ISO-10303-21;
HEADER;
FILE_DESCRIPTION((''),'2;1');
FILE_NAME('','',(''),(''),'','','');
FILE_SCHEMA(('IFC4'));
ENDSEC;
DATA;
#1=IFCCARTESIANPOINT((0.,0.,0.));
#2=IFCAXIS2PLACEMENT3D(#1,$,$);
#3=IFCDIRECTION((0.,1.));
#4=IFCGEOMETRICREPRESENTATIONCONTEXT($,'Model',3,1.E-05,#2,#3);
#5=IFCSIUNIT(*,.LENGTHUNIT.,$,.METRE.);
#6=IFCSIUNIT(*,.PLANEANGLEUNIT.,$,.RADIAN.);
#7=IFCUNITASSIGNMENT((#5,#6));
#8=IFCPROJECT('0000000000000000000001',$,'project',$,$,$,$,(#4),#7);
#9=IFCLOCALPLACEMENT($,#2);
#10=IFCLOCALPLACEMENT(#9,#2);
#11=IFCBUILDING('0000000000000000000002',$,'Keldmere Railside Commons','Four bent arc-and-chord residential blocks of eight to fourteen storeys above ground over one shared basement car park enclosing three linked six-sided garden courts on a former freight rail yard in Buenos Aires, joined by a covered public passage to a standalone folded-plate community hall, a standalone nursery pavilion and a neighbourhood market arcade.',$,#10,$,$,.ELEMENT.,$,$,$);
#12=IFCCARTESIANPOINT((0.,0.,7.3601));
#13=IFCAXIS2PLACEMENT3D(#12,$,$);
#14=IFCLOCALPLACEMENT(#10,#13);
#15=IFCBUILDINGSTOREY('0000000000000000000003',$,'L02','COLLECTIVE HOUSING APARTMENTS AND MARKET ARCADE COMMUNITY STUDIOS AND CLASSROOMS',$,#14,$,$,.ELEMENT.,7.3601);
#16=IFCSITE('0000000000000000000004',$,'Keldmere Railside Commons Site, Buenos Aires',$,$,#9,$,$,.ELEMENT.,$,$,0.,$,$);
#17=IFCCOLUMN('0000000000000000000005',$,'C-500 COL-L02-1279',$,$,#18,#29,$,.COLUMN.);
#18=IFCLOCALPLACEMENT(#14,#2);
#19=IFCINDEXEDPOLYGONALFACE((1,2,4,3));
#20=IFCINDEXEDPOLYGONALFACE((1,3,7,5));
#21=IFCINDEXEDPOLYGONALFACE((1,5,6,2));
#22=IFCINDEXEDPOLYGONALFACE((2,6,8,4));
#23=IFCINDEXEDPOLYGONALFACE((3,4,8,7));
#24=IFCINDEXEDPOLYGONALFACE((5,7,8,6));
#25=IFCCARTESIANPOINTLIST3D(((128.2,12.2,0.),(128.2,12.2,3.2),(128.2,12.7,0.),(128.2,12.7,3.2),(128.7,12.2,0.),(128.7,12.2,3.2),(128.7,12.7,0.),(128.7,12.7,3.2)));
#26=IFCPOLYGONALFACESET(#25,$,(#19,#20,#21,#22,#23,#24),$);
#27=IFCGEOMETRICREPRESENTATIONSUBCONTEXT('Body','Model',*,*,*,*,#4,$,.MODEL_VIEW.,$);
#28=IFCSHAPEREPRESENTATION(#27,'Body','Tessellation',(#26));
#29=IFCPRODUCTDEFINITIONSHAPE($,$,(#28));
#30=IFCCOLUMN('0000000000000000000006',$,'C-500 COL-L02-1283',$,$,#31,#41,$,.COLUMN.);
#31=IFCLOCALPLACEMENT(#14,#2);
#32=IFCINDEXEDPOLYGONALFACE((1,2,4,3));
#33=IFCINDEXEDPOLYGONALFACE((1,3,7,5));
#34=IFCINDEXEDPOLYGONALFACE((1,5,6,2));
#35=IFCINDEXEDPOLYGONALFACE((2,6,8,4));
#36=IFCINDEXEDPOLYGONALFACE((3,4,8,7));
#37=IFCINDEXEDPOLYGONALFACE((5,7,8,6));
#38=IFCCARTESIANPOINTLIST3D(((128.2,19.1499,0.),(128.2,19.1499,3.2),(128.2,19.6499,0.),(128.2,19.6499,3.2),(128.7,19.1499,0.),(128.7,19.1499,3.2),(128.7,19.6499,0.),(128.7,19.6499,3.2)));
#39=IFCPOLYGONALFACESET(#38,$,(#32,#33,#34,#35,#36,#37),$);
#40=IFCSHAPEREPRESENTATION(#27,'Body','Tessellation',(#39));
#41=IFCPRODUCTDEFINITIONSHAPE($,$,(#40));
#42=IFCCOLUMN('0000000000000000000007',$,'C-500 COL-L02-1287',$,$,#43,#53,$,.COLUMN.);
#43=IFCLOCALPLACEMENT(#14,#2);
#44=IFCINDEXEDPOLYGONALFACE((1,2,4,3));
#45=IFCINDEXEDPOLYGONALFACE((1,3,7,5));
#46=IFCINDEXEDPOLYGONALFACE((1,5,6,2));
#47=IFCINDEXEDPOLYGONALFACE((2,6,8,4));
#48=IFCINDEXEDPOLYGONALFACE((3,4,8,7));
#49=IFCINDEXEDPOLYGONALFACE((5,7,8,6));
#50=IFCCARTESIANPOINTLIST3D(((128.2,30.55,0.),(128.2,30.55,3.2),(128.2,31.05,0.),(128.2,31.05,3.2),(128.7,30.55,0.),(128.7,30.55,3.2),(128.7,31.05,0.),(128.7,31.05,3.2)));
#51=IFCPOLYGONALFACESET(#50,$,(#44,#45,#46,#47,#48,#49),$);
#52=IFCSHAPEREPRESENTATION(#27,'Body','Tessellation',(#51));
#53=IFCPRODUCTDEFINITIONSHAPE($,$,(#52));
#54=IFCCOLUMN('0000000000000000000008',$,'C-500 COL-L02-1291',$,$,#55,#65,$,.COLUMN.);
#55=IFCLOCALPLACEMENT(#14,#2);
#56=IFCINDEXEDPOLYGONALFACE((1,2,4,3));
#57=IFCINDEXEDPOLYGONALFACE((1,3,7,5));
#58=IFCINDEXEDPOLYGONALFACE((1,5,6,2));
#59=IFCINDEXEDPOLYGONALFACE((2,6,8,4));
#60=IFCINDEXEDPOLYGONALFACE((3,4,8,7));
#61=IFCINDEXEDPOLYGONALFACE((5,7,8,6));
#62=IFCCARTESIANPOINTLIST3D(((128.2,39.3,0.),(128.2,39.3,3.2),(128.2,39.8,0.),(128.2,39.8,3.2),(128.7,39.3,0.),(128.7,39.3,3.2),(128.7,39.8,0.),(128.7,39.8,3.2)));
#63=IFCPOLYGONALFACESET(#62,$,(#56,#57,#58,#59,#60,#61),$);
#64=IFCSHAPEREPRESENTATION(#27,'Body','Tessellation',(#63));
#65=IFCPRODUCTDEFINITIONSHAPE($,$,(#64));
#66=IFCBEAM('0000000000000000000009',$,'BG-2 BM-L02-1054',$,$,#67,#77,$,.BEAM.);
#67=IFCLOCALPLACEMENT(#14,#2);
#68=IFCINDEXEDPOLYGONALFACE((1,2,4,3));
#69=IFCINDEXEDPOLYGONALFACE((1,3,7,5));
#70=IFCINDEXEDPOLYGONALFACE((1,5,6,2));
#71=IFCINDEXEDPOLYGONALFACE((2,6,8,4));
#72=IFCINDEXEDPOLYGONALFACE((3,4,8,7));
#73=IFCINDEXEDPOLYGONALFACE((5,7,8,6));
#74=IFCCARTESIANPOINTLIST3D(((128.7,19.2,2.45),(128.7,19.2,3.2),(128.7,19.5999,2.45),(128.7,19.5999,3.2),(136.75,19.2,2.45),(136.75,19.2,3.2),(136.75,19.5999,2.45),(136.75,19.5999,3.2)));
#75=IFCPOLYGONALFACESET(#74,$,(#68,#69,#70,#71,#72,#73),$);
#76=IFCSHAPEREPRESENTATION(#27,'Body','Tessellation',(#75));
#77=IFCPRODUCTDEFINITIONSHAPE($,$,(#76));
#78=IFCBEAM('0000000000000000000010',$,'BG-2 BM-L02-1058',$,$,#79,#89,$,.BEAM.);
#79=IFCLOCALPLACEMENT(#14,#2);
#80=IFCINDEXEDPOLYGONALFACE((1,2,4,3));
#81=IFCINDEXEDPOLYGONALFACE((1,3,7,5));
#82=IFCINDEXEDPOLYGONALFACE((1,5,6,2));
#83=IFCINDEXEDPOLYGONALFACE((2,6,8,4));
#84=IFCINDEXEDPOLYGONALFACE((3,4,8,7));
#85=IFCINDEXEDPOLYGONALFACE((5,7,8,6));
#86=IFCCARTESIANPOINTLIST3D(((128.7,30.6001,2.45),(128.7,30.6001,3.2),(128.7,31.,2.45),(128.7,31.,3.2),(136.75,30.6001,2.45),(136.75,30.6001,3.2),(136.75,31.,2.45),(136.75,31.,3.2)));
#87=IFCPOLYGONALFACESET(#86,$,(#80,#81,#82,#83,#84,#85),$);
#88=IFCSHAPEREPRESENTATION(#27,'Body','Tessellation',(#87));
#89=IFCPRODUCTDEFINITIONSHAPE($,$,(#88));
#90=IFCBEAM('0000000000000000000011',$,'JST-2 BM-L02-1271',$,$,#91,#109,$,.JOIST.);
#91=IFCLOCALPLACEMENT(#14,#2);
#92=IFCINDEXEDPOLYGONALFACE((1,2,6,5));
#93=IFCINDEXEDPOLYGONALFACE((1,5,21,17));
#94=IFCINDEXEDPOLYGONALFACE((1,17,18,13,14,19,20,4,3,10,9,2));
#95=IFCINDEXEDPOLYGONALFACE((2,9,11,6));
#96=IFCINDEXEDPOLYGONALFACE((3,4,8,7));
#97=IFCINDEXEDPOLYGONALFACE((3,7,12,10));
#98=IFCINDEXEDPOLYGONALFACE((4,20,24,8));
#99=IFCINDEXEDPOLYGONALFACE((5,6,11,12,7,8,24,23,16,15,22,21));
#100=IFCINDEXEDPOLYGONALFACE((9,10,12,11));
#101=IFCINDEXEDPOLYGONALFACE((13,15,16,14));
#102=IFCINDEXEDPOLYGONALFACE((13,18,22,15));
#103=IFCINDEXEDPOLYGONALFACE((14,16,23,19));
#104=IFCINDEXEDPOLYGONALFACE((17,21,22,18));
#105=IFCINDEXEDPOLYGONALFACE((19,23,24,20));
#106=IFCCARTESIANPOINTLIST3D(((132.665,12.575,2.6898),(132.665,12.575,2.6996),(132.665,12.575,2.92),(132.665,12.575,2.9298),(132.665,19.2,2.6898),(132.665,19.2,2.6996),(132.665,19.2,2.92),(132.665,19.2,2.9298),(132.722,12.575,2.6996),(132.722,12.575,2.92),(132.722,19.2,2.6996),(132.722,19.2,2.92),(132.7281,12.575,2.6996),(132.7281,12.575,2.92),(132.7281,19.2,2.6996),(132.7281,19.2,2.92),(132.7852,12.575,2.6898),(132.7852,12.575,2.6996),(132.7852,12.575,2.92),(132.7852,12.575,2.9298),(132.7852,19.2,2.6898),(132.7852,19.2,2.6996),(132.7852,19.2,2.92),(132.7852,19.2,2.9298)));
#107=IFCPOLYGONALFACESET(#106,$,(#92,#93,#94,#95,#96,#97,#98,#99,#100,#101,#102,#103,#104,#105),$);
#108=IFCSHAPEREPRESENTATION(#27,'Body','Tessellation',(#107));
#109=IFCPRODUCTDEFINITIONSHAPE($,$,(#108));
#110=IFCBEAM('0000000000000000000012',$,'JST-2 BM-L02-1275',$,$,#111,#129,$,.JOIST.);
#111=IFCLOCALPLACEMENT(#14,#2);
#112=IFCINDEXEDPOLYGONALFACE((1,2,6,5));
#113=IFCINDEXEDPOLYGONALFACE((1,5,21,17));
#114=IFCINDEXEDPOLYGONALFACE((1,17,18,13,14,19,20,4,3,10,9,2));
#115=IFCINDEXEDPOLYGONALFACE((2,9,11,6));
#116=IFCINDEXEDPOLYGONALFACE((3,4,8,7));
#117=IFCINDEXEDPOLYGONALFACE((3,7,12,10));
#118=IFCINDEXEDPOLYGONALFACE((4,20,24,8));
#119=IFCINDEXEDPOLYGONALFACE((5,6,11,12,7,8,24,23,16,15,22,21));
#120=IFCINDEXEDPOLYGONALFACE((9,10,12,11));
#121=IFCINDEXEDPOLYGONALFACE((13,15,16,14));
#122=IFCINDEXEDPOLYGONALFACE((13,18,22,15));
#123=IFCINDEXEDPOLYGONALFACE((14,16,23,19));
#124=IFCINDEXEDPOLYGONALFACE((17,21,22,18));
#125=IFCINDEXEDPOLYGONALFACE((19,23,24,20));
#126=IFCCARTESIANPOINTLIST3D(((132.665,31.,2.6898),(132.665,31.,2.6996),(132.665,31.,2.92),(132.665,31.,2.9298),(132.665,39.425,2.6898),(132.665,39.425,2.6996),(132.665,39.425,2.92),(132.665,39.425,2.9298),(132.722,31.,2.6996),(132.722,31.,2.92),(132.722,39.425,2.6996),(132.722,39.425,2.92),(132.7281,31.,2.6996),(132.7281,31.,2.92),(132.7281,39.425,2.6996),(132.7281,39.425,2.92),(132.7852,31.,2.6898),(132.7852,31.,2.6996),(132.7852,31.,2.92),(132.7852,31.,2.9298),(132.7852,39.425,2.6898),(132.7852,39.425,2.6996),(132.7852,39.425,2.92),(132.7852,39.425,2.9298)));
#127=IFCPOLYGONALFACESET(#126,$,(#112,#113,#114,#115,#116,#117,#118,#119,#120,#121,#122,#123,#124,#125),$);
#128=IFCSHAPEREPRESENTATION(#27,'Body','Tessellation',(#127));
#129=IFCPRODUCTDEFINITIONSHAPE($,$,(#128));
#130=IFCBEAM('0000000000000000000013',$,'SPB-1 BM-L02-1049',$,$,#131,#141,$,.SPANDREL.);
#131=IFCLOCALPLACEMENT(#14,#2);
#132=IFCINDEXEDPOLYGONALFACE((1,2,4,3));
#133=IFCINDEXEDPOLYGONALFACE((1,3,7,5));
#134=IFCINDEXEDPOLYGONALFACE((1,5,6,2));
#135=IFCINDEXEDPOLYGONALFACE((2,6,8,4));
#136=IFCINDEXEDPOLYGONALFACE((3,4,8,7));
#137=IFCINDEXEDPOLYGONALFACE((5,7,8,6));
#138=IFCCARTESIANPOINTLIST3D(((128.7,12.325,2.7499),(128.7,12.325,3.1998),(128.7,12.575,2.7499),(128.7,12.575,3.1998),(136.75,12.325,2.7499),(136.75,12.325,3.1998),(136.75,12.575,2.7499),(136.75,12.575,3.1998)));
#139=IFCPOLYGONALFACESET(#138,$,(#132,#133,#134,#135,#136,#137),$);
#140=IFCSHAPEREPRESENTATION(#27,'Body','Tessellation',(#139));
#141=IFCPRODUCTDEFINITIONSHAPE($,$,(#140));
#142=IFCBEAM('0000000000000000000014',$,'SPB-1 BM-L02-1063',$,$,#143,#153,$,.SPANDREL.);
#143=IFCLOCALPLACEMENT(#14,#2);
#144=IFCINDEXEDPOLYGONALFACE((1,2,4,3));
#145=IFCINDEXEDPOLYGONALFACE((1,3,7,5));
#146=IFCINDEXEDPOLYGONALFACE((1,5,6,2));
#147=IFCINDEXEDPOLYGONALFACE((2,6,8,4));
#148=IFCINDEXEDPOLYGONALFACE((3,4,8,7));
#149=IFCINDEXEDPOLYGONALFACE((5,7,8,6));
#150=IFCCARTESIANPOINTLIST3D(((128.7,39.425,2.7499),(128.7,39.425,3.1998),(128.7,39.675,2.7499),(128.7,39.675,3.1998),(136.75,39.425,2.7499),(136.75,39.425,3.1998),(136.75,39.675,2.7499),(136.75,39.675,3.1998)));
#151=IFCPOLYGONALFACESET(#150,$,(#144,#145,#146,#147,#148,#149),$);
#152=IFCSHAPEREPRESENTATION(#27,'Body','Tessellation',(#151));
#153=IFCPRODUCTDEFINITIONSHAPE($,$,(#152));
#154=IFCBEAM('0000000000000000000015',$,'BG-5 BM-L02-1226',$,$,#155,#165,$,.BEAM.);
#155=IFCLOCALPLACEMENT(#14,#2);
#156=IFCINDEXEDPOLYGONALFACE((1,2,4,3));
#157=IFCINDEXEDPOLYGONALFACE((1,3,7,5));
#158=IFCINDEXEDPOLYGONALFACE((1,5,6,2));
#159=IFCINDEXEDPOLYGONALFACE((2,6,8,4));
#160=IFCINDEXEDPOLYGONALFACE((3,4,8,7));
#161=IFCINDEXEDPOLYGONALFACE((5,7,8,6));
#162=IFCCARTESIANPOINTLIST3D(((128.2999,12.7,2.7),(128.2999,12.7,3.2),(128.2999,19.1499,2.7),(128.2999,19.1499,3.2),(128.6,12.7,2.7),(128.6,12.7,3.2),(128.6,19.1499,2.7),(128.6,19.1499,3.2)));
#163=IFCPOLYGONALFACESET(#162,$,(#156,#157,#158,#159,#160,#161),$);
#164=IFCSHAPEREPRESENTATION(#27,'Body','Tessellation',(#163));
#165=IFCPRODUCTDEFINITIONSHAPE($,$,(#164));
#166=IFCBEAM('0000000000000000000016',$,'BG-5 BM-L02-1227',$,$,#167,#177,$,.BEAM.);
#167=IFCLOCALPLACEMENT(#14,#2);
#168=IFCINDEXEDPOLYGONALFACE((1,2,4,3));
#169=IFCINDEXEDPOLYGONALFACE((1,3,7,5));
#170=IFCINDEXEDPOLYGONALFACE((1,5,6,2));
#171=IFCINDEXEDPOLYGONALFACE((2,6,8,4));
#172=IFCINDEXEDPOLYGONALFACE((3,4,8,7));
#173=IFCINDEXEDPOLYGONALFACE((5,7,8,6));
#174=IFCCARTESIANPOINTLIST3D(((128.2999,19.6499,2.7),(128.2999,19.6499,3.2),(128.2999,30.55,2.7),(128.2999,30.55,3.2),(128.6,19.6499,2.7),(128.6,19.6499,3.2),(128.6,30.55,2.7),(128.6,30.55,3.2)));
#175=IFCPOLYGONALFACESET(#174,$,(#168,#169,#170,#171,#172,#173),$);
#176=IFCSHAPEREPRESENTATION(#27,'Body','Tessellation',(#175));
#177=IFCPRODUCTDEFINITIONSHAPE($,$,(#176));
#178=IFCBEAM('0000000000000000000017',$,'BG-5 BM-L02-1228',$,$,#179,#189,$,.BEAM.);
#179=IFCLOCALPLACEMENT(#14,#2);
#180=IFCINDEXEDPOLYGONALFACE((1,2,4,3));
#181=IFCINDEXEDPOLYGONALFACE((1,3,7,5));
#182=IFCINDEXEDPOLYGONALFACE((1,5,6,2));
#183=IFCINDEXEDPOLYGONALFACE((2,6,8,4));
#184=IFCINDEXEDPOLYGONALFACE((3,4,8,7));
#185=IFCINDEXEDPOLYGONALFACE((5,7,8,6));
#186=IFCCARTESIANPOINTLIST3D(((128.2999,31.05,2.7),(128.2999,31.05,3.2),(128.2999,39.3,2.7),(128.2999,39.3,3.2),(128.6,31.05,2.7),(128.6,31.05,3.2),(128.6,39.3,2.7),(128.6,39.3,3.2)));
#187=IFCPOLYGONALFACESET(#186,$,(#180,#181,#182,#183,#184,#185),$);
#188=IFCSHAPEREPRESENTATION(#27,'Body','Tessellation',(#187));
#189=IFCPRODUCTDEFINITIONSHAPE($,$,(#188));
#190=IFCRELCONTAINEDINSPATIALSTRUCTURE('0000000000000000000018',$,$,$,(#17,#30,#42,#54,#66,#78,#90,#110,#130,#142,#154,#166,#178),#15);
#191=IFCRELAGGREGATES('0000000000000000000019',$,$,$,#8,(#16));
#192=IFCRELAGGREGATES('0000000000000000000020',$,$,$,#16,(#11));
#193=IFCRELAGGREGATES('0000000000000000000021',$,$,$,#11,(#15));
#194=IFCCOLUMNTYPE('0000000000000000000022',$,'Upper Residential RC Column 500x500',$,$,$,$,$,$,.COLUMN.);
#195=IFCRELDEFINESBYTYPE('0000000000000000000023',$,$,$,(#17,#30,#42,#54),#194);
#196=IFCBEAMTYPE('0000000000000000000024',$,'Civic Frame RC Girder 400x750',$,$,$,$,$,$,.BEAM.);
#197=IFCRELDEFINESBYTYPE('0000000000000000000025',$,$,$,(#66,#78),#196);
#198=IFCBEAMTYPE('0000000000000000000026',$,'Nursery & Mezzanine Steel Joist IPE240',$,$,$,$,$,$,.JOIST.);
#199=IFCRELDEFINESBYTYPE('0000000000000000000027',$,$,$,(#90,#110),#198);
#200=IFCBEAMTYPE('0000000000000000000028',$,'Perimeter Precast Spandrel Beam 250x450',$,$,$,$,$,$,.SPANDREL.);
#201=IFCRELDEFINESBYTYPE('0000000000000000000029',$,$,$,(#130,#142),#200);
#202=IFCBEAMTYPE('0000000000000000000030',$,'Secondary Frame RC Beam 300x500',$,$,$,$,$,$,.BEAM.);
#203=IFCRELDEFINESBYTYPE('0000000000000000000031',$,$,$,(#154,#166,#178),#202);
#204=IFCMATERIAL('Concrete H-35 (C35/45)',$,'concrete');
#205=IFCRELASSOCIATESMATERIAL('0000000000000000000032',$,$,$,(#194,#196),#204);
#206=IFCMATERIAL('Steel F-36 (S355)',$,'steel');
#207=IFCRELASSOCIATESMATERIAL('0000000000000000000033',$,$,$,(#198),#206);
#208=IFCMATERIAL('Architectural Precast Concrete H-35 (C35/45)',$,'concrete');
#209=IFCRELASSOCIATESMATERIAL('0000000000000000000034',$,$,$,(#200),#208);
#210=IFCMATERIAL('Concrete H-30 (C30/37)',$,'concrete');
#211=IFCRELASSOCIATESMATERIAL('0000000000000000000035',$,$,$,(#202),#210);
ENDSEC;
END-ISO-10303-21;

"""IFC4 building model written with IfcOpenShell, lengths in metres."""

from ifc_helpers import new_model, si_unit, direction, frame, origin, origin_2d, place, context, subcontext, project, spatial, rectangle, i_section, extrude, material, material_profile, profile_set, type_object, element, save


model = new_model("IFC4")

# Units and contexts
model_context = context("Model", 3, precision=1e-05, world=origin(), true_north=direction((0.0, 1.0)))
body_context = subcontext(model_context, "Body", "Model", "MODEL_VIEW")
ifc_project = project(units=[si_unit("LENGTHUNIT", "METRE"), si_unit("PLANEANGLEUNIT", "RADIAN")], contexts=[model_context])

# Site, building, storey
site_placement = place(None, origin())
site = spatial("IfcSite", under=ifc_project, at=site_placement, Name="Keldmere Railside Commons Site, Buenos Aires", CompositionType="ELEMENT", RefElevation=0.0)
building_placement = place(site_placement, origin())
building = spatial("IfcBuilding", under=site, at=building_placement, Name="Keldmere Railside Commons", Description="Four bent arc-and-chord residential blocks of eight to fourteen storeys above ground over one shared basement car park enclosing three linked six-sided garden courts on a former freight rail yard in Buenos Aires, joined by a covered public passage to a standalone folded-plate community hall, a standalone nursery pavilion and a neighbourhood market arcade.", CompositionType="ELEMENT")
storey_placement = place(building_placement, frame((0.0, 0.0, 7.3601)))
storey = spatial("IfcBuildingStorey", under=building, at=storey_placement, Name="L02", Description="COLLECTIVE HOUSING APARTMENTS AND MARKET ARCADE COMMUNITY STUDIOS AND CLASSROOMS", CompositionType="ELEMENT", Elevation=7.3601)

# Columns
ifc_material_1 = material(Name="Concrete H-35 (C35/45)", Category="concrete")
ifc_material_profile_1 = material_profile(ifc_material_1, rectangle(XDim=0.5, YDim=0.5, at=origin_2d()), Name="RC-500x500")
ifc_profile_set_1 = profile_set([ifc_material_profile_1], Name="Concrete H-35 (C35/45)")
column_type = type_object("IfcColumnType", Name="Upper Residential RC Column 500x500", PredefinedType="COLUMN", material=ifc_profile_set_1)
for number, where, z_axis, x_axis, name in (
    (1, (128.45, 12.45, 0.0), (0.0, 0.0, 1.0), (1.0, 0.0, 0.0), "C-500 COL-L02-1279"),
    (2, (128.45, 19.3999, 0.0), (0.0, 0.0, 1.0), (1.0, 0.0, 0.0), "C-500 COL-L02-1283"),
    (3, (128.45, 30.8, 0.0), (0.0, 0.0, 1.0), (1.0, 0.0, 0.0), "C-500 COL-L02-1287"),
    (4, (128.45, 39.55, 0.0), (0.0, 0.0, 1.0), (1.0, 0.0, 0.0), "C-500 COL-L02-1291"),
):
    element("IfcColumn", number, at=place(storey_placement, frame(where, z_axis=z_axis, x_axis=x_axis)), inside=storey, type_object=column_type, Name=name, PredefinedType="COLUMN", context=body_context, shape_type="SweptSolid", body=[
        extrude(rectangle(XDim=0.5, YDim=0.5, at=origin_2d()), origin(), (0.0, 0.0, 1.0), 3.2),
    ])

# Beams
ifc_material_profile_2 = material_profile(ifc_material_1, rectangle(XDim=0.3999, YDim=0.75, at=origin_2d()), Name="RC-400x750")
ifc_profile_set_2 = profile_set([ifc_material_profile_2], Name="Concrete H-35 (C35/45)")
beam_type_1 = type_object("IfcBeamType", Name="Civic Frame RC Girder 400x750", PredefinedType="BEAM", material=ifc_profile_set_2)
for number, where, z_axis, x_axis, name in (
    (5, (128.7, 19.3999, 2.825), (1.0, 0.0, 0.0), (0.0, 1.0, 0.0), "BG-2 BM-L02-1054"),
    (6, (128.7, 30.8, 2.825), (1.0, 0.0, 0.0), (0.0, 1.0, 0.0), "BG-2 BM-L02-1058"),
):
    element("IfcBeam", number, at=place(storey_placement, frame(where, z_axis=z_axis, x_axis=x_axis)), inside=storey, type_object=beam_type_1, Name=name, PredefinedType="BEAM", context=body_context, shape_type="SweptSolid", body=[
        extrude(rectangle(XDim=0.3999, YDim=0.75, at=origin_2d()), origin(), (0.0, 0.0, 1.0), 8.05),
    ])
ifc_material_2 = material(Name="Steel F-36 (S355)", Category="steel")
ifc_material_profile_3 = material_profile(ifc_material_2, i_section(OverallWidth=0.1201, OverallDepth=0.24, WebThickness=0.0061, FlangeThickness=0.0098, at=origin_2d()), Name="IPE-240")
ifc_profile_set_3 = profile_set([ifc_material_profile_3], Name="Steel F-36 (S355)")
beam_type_2 = type_object("IfcBeamType", Name="Nursery & Mezzanine Steel Joist IPE240", PredefinedType="JOIST", material=ifc_profile_set_3)
beam_1_placement = place(storey_placement, frame((132.7251, 12.575, 2.8098), z_axis=(0.0, 1.0, 0.0), x_axis=(-1.0, 0.0, 0.0)))
element("IfcBeam", 7, at=beam_1_placement, inside=storey, type_object=beam_type_2, Name="JST-2 BM-L02-1271", PredefinedType="JOIST", context=body_context, shape_type="SweptSolid", body=[
    extrude(i_section(OverallWidth=0.1201, OverallDepth=0.24, WebThickness=0.0061, FlangeThickness=0.0098, at=origin_2d()), origin(), (0.0, 0.0, 1.0), 6.625),
])
beam_2_placement = place(storey_placement, frame((132.7251, 31.0, 2.8098), z_axis=(0.0, 1.0, 0.0), x_axis=(-1.0, 0.0, 0.0)))
element("IfcBeam", 8, at=beam_2_placement, inside=storey, type_object=beam_type_2, Name="JST-2 BM-L02-1275", PredefinedType="JOIST", context=body_context, shape_type="SweptSolid", body=[
    extrude(i_section(OverallWidth=0.1201, OverallDepth=0.24, WebThickness=0.0061, FlangeThickness=0.0098, at=origin_2d()), origin(), (0.0, 0.0, 1.0), 8.425),
])
ifc_material_3 = material(Name="Architectural Precast Concrete H-35 (C35/45)", Category="concrete")
ifc_material_profile_4 = material_profile(ifc_material_3, rectangle(XDim=0.25, YDim=0.45, at=origin_2d()), Name="RC-250x450")
ifc_profile_set_4 = profile_set([ifc_material_profile_4], Name="Architectural Precast Concrete H-35 (C35/45)")
beam_type_3 = type_object("IfcBeamType", Name="Perimeter Precast Spandrel Beam 250x450", PredefinedType="SPANDREL", material=ifc_profile_set_4)
for number, where, z_axis, x_axis, name in (
    (9, (128.7, 12.45, 2.9749), (1.0, 0.0, 0.0), (0.0, 1.0, 0.0), "SPB-1 BM-L02-1049"),
    (10, (128.7, 39.55, 2.9749), (1.0, 0.0, 0.0), (0.0, 1.0, 0.0), "SPB-1 BM-L02-1063"),
):
    element("IfcBeam", number, at=place(storey_placement, frame(where, z_axis=z_axis, x_axis=x_axis)), inside=storey, type_object=beam_type_3, Name=name, PredefinedType="SPANDREL", context=body_context, shape_type="SweptSolid", body=[
        extrude(rectangle(XDim=0.25, YDim=0.45, at=origin_2d()), origin(), (0.0, 0.0, 1.0), 8.05),
    ])
ifc_material_4 = material(Name="Concrete H-30 (C30/37)", Category="concrete")
ifc_material_profile_5 = material_profile(ifc_material_4, rectangle(XDim=0.3, YDim=0.5, at=origin_2d()), Name="RC-300x500")
ifc_profile_set_5 = profile_set([ifc_material_profile_5], Name="Concrete H-30 (C30/37)")
beam_type_4 = type_object("IfcBeamType", Name="Secondary Frame RC Beam 300x500", PredefinedType="BEAM", material=ifc_profile_set_5)
beam_3_placement = place(storey_placement, frame((128.45, 12.7, 2.95), z_axis=(0.0, 1.0, 0.0), x_axis=(-1.0, 0.0, 0.0)))
element("IfcBeam", 11, at=beam_3_placement, inside=storey, type_object=beam_type_4, Name="BG-5 BM-L02-1226", PredefinedType="BEAM", context=body_context, shape_type="SweptSolid", body=[
    extrude(rectangle(XDim=0.3, YDim=0.5, at=origin_2d()), origin(), (0.0, 0.0, 1.0), 6.45),
])
beam_4_placement = place(storey_placement, frame((128.45, 19.6499, 2.95), z_axis=(0.0, 1.0, 0.0), x_axis=(-1.0, 0.0, 0.0)))
element("IfcBeam", 12, at=beam_4_placement, inside=storey, type_object=beam_type_4, Name="BG-5 BM-L02-1227", PredefinedType="BEAM", context=body_context, shape_type="SweptSolid", body=[
    extrude(rectangle(XDim=0.3, YDim=0.5, at=origin_2d()), origin(), (0.0, 0.0, 1.0), 10.9001),
])
beam_5_placement = place(storey_placement, frame((128.45, 31.05, 2.95), z_axis=(0.0, 1.0, 0.0), x_axis=(-1.0, 0.0, 0.0)))
element("IfcBeam", 13, at=beam_5_placement, inside=storey, type_object=beam_type_4, Name="BG-5 BM-L02-1228", PredefinedType="BEAM", context=body_context, shape_type="SweptSolid", body=[
    extrude(rectangle(XDim=0.3, YDim=0.5, at=origin_2d()), origin(), (0.0, 0.0, 1.0), 8.25),
])

save(model, "model.ifc")
